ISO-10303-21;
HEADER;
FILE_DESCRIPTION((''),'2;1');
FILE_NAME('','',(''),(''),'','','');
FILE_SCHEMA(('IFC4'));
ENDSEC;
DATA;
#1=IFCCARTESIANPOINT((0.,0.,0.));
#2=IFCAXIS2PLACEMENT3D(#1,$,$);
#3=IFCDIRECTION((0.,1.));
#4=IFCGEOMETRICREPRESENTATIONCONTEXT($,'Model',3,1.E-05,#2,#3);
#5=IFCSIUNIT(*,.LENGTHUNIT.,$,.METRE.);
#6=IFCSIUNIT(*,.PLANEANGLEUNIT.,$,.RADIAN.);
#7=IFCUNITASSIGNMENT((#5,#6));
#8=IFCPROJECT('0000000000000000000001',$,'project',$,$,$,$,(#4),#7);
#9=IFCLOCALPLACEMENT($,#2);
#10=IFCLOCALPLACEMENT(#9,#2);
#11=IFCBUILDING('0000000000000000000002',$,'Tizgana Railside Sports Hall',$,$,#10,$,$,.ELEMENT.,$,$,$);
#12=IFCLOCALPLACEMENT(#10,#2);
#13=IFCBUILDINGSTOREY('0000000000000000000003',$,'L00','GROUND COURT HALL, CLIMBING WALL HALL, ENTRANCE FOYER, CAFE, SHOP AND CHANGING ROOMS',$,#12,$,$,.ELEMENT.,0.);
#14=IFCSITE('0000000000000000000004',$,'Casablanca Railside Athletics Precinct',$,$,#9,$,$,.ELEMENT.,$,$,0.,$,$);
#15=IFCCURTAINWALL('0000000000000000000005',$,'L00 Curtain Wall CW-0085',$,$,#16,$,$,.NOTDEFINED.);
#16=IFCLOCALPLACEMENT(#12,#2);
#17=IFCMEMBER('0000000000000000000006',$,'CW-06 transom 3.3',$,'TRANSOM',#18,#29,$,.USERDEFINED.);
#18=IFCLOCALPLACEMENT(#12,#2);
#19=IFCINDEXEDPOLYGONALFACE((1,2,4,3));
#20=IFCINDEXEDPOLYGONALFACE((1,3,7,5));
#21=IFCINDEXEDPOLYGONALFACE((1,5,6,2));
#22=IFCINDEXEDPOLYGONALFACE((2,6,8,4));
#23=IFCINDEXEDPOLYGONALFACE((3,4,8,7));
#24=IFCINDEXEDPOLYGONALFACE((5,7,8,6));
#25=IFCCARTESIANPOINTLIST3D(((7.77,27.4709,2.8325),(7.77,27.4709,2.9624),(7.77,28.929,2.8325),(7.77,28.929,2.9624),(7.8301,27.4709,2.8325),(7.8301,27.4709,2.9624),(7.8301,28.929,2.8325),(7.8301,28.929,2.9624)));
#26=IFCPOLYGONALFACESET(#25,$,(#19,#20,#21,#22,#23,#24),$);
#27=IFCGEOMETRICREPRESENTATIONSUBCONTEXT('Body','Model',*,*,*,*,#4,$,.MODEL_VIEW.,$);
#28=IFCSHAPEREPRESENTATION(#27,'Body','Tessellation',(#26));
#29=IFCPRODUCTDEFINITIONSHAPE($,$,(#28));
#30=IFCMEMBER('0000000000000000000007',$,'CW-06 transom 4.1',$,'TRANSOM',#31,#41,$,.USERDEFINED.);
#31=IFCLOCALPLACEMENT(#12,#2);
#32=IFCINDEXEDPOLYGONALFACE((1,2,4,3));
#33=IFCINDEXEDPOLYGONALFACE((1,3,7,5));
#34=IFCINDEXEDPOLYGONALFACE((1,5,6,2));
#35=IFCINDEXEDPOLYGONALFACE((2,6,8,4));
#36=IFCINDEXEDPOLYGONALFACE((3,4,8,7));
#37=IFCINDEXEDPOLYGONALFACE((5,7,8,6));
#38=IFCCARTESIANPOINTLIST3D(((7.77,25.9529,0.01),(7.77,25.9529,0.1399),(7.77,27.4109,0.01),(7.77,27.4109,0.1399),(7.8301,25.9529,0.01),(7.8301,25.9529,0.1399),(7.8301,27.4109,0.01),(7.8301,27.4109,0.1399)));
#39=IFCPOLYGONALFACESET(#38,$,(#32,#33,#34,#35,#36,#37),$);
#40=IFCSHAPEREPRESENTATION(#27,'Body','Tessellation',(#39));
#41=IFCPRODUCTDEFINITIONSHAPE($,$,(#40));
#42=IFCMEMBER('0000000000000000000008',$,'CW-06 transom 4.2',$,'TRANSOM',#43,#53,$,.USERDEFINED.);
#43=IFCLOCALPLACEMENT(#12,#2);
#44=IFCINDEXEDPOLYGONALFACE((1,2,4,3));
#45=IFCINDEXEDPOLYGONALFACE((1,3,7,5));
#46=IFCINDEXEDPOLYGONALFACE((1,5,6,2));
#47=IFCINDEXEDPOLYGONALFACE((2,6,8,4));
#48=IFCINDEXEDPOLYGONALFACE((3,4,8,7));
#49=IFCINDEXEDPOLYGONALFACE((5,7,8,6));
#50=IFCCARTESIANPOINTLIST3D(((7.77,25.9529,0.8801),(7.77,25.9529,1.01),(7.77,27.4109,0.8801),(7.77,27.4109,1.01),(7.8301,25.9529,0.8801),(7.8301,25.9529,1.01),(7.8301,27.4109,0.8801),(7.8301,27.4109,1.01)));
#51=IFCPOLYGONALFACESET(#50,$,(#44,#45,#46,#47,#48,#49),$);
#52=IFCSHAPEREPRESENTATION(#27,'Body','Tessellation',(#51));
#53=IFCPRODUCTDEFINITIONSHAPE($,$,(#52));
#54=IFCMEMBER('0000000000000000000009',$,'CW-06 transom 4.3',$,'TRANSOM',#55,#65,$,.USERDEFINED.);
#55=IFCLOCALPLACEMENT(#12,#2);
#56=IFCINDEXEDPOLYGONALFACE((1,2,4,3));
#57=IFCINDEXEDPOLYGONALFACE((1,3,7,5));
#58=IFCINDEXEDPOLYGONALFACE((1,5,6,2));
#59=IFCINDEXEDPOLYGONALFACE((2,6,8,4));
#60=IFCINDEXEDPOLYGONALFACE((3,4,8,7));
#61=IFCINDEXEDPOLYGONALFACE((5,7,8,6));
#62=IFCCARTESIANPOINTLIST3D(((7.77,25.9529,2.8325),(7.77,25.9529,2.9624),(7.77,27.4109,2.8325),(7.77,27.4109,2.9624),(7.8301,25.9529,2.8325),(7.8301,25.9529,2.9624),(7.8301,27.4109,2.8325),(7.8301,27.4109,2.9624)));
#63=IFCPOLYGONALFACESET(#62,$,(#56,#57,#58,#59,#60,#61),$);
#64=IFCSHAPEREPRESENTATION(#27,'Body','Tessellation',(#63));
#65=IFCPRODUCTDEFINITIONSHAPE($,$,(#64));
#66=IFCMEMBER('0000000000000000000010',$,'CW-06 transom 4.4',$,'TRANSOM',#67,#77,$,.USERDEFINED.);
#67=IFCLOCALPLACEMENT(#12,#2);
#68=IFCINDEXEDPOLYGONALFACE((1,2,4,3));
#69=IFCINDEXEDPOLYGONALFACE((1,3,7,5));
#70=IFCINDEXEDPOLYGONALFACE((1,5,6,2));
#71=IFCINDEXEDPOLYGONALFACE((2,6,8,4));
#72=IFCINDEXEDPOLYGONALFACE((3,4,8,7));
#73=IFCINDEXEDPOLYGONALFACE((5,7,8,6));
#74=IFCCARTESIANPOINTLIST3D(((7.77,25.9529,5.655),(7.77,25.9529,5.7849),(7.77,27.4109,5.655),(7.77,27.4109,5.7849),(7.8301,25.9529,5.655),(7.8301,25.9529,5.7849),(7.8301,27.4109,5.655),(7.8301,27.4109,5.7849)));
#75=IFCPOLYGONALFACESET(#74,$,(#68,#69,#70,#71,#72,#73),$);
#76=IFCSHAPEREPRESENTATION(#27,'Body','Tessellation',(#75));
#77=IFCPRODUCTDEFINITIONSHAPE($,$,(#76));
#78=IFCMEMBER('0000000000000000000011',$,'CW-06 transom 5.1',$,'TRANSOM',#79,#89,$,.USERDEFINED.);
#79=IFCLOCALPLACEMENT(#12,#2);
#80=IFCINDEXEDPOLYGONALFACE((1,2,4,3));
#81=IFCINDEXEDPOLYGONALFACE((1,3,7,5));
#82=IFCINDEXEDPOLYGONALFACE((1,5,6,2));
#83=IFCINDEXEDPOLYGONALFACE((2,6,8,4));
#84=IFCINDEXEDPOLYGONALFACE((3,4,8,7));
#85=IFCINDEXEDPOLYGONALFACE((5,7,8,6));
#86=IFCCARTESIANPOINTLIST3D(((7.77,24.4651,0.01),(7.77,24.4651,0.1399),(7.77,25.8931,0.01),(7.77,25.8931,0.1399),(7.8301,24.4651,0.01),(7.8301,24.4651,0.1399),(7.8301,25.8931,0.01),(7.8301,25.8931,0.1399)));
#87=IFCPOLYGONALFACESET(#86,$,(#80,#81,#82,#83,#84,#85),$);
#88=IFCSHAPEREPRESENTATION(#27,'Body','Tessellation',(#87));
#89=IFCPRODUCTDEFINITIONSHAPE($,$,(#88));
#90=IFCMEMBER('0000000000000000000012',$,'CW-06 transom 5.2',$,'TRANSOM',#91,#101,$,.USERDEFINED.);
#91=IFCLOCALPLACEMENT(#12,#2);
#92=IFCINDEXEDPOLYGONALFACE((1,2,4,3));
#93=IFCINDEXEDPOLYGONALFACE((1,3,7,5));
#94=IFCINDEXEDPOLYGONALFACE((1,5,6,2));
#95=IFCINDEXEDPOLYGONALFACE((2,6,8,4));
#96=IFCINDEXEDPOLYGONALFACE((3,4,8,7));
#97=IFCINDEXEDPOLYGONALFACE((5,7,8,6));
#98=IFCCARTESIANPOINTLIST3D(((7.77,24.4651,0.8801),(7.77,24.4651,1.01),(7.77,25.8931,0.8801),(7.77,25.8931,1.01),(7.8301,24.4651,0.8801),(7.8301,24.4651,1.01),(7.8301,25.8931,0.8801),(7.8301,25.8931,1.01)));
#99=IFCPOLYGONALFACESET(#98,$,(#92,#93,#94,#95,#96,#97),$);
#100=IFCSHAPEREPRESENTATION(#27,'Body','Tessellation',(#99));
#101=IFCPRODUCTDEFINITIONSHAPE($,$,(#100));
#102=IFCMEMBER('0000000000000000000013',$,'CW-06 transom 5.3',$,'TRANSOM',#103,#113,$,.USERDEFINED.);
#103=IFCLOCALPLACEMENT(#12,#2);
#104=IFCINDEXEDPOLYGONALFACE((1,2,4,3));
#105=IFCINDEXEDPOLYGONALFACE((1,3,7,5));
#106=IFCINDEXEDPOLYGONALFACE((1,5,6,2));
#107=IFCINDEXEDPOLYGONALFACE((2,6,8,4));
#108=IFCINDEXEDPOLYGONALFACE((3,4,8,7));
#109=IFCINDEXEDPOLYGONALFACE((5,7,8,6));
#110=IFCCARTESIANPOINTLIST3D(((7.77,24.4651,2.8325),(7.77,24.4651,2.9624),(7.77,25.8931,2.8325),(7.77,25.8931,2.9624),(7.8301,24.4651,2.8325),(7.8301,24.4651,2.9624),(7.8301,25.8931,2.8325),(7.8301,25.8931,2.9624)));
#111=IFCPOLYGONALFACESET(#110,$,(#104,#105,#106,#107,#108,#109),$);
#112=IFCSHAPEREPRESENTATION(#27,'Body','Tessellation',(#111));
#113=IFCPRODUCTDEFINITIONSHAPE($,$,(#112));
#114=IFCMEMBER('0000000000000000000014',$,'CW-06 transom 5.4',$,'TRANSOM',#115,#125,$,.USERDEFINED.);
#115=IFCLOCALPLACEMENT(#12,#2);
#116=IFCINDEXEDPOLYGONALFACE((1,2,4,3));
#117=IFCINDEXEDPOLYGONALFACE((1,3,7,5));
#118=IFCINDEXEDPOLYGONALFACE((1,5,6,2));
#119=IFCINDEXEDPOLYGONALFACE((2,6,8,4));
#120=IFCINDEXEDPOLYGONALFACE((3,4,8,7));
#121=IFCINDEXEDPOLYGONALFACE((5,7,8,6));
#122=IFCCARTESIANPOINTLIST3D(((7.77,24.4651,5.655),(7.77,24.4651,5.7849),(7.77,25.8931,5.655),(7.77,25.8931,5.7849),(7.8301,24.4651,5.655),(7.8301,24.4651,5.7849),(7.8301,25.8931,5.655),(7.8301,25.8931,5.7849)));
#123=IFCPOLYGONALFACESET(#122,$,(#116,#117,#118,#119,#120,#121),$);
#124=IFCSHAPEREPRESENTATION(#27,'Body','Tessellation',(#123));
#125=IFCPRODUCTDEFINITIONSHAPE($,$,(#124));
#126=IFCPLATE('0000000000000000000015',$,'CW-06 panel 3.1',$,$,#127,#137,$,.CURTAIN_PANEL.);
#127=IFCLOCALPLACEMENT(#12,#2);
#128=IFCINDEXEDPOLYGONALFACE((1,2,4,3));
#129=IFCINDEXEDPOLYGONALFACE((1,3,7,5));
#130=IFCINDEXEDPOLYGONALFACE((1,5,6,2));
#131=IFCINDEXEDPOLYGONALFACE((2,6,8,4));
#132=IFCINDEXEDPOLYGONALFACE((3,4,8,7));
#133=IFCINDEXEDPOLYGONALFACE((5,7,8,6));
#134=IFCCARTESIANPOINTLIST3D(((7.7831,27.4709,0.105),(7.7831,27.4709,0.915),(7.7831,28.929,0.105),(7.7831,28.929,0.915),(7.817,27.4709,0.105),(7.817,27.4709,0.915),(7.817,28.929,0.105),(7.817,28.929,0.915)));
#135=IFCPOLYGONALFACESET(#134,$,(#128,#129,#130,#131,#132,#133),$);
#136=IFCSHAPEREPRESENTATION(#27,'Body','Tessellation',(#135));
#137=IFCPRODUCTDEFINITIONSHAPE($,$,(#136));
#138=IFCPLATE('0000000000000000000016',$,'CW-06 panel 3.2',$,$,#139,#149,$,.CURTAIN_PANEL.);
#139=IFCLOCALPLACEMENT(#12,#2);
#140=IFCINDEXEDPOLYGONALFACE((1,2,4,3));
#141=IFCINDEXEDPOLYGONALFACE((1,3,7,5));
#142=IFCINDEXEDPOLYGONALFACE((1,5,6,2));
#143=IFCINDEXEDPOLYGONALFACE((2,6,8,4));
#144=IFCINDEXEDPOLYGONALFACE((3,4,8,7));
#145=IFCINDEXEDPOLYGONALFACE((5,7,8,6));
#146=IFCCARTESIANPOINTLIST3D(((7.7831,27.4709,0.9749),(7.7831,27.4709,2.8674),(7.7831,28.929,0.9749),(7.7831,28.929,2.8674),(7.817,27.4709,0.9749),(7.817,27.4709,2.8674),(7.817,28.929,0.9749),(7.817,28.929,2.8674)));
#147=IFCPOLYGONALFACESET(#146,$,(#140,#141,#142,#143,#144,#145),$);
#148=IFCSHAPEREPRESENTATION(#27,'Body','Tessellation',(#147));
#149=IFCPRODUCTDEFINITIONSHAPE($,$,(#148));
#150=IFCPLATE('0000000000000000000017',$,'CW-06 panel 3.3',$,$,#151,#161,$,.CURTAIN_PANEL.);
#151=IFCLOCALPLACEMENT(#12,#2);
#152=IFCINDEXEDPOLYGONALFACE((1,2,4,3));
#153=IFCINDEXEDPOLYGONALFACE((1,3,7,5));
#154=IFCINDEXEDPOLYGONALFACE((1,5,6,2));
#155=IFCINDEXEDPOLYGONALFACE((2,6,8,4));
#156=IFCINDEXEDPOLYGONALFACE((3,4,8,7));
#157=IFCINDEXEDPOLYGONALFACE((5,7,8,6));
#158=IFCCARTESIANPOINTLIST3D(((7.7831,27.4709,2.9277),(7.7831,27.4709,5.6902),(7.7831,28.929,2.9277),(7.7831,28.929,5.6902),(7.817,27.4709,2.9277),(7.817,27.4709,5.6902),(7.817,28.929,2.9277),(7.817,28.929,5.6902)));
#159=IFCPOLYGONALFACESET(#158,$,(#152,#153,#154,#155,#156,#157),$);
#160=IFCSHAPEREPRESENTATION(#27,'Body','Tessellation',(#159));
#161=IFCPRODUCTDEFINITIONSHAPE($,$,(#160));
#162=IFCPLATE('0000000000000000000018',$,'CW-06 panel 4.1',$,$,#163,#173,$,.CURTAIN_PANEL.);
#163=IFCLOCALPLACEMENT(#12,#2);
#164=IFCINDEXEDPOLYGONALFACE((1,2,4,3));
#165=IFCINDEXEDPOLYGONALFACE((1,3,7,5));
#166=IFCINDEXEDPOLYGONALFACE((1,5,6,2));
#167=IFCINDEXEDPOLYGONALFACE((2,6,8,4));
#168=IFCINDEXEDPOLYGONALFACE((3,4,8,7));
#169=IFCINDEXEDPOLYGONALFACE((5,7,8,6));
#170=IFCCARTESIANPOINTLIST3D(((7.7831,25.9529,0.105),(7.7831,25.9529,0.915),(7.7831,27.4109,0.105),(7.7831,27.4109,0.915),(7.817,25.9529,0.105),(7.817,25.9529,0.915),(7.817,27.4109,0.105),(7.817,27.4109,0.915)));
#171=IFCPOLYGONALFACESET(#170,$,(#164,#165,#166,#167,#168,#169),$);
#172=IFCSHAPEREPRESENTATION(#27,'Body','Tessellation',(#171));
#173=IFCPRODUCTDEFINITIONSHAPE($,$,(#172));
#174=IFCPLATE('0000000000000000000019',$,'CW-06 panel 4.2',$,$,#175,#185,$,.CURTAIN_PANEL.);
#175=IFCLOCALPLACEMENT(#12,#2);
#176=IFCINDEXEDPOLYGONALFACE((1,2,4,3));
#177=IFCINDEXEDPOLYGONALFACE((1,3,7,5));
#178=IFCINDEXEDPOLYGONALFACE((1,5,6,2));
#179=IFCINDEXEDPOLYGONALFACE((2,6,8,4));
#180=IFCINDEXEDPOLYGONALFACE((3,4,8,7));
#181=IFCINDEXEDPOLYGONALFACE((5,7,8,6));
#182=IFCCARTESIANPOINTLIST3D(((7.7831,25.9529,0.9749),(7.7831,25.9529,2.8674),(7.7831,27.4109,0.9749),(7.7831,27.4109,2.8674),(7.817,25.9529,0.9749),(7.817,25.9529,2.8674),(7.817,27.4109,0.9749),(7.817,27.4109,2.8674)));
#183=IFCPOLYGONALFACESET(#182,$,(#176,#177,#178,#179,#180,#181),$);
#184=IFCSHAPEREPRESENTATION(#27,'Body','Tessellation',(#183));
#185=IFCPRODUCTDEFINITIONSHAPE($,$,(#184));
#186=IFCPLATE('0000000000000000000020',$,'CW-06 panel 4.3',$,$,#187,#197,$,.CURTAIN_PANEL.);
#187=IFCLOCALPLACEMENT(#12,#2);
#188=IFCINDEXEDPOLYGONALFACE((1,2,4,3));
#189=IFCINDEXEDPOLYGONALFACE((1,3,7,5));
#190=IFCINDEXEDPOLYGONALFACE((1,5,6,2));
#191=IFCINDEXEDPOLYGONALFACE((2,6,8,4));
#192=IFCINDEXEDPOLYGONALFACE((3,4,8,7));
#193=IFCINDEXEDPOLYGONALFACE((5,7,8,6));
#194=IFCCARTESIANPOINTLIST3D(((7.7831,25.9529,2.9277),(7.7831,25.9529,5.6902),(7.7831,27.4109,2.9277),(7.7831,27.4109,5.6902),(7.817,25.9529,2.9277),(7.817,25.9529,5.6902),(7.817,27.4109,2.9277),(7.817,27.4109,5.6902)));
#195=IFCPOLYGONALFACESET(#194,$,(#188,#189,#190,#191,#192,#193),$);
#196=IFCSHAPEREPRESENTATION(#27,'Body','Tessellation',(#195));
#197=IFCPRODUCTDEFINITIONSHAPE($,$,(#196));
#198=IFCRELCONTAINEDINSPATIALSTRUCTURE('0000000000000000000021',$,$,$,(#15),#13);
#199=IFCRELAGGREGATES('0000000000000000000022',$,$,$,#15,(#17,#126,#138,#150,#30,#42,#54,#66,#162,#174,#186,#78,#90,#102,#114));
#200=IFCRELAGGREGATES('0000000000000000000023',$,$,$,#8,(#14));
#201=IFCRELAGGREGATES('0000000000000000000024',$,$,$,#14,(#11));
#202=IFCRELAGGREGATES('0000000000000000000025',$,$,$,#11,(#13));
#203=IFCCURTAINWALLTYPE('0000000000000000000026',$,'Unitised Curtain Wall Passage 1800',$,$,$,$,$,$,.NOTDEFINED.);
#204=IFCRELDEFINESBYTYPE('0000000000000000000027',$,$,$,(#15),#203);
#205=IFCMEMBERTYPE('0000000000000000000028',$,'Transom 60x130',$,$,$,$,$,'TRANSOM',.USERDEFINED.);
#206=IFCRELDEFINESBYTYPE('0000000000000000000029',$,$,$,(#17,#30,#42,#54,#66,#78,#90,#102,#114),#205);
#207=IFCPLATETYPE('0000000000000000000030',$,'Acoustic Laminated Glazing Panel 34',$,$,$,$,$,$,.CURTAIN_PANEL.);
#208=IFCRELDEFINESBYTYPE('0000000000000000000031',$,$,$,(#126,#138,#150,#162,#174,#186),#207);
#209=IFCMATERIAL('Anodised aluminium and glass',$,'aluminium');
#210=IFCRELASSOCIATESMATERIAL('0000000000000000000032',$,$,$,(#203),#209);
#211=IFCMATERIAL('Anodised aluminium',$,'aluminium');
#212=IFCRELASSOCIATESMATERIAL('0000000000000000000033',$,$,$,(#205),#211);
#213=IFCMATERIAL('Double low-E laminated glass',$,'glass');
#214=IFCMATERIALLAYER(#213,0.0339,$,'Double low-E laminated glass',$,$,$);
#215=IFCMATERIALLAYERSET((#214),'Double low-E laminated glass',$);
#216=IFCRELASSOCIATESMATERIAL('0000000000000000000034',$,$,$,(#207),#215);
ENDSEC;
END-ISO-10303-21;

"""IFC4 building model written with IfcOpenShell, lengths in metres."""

from ifc_helpers import new_model, si_unit, direction, frame, origin, origin_2d, place, context, subcontext, project, spatial, rectangle, extrude, material, layer, layer_set, material_profile, profile_set, type_object, element, aggregate, save


model = new_model("IFC4")

# Units and contexts
model_context = context("Model", 3, precision=1e-05, world=origin(), true_north=direction((0.0, 1.0)))
body_context = subcontext(model_context, "Body", "Model", "MODEL_VIEW")
ifc_project = project(units=[si_unit("LENGTHUNIT", "METRE"), si_unit("PLANEANGLEUNIT", "RADIAN")], contexts=[model_context])

# Site, building, storey
site_placement = place(None, origin())
site = spatial("IfcSite", under=ifc_project, at=site_placement, Name="Casablanca Railside Athletics Precinct", CompositionType="ELEMENT", RefElevation=0.0)
building_placement = place(site_placement, origin())
building = spatial("IfcBuilding", under=site, at=building_placement, Name="Tizgana Railside Sports Hall", CompositionType="ELEMENT")
storey_placement = place(building_placement, origin())
storey = spatial("IfcBuildingStorey", under=building, at=storey_placement, Name="L00", Description="GROUND COURT HALL, CLIMBING WALL HALL, ENTRANCE FOYER, CAFE, SHOP AND CHANGING ROOMS", CompositionType="ELEMENT", Elevation=0.0)

# Shared definitions
ifc_material_1 = material(Name="Anodised aluminium and glass", Category="aluminium")
ifc_material_2 = material(Name="Anodised aluminium", Category="aluminium")

# Curtain wall
curtain_wall_type_1 = type_object("IfcCurtainWallType", Name="Unitised Curtain Wall Passage 1800", PredefinedType="NOTDEFINED", material=ifc_material_1)
curtain_wall_1_placement = place(storey_placement, origin())
curtain_wall_1 = element("IfcCurtainWall", 1, at=curtain_wall_1_placement, inside=storey, type_object=curtain_wall_type_1, Name="L00 Curtain Wall CW-0085", PredefinedType="NOTDEFINED")

# Members
ifc_material_profile_1 = material_profile(ifc_material_2, rectangle(XDim=0.0601, YDim=0.1299, at=origin_2d()), Name="Transom 60x130")
ifc_profile_set_1 = profile_set([ifc_material_profile_1], Name="Anodised aluminium")
member_type_1 = type_object("IfcMemberType", Name="Transom 60x130", ElementType="TRANSOM", PredefinedType="USERDEFINED", material=ifc_profile_set_1)
member_1_placement = place(storey_placement, frame((7.8, 28.929, 2.8975), z_axis=(0.0, -1.0, 0.0), x_axis=(1.0, 0.0, 0.0)))
member_1 = element("IfcMember", 2, at=member_1_placement, type_object=member_type_1, Name="CW-06 transom 3.3", ObjectType="TRANSOM", PredefinedType="USERDEFINED", context=body_context, shape_type="SweptSolid", body=[
    extrude(rectangle(XDim=0.0601, YDim=0.1299, at=origin_2d()), origin(), (0.0, 0.0, 1.0), 1.458),
])
member_2_placement = place(storey_placement, frame((7.8, 27.4109, 0.075), z_axis=(0.0, -1.0, 0.0), x_axis=(1.0, 0.0, 0.0)))
member_2 = element("IfcMember", 3, at=member_2_placement, type_object=member_type_1, Name="CW-06 transom 4.1", ObjectType="TRANSOM", PredefinedType="USERDEFINED", context=body_context, shape_type="SweptSolid", body=[
    extrude(rectangle(XDim=0.0601, YDim=0.1299, at=origin_2d()), origin(), (0.0, 0.0, 1.0), 1.458),
])
member_3_placement = place(storey_placement, frame((7.8, 27.4109, 0.9451), z_axis=(0.0, -1.0, 0.0), x_axis=(1.0, 0.0, 0.0)))
member_3 = element("IfcMember", 4, at=member_3_placement, type_object=member_type_1, Name="CW-06 transom 4.2", ObjectType="TRANSOM", PredefinedType="USERDEFINED", context=body_context, shape_type="SweptSolid", body=[
    extrude(rectangle(XDim=0.0601, YDim=0.1299, at=origin_2d()), origin(), (0.0, 0.0, 1.0), 1.458),
])
member_4_placement = place(storey_placement, frame((7.8, 27.4109, 2.8975), z_axis=(0.0, -1.0, 0.0), x_axis=(1.0, 0.0, 0.0)))
member_4 = element("IfcMember", 5, at=member_4_placement, type_object=member_type_1, Name="CW-06 transom 4.3", ObjectType="TRANSOM", PredefinedType="USERDEFINED", context=body_context, shape_type="SweptSolid", body=[
    extrude(rectangle(XDim=0.0601, YDim=0.1299, at=origin_2d()), origin(), (0.0, 0.0, 1.0), 1.458),
])
member_5_placement = place(storey_placement, frame((7.8, 27.4109, 5.72), z_axis=(0.0, -1.0, 0.0), x_axis=(1.0, 0.0, 0.0)))
member_5 = element("IfcMember", 6, at=member_5_placement, type_object=member_type_1, Name="CW-06 transom 4.4", ObjectType="TRANSOM", PredefinedType="USERDEFINED", context=body_context, shape_type="SweptSolid", body=[
    extrude(rectangle(XDim=0.0601, YDim=0.1299, at=origin_2d()), origin(), (0.0, 0.0, 1.0), 1.458),
])
member_6_placement = place(storey_placement, frame((7.8, 25.8931, 0.075), z_axis=(0.0, -1.0, 0.0), x_axis=(1.0, 0.0, 0.0)))
member_6 = element("IfcMember", 7, at=member_6_placement, type_object=member_type_1, Name="CW-06 transom 5.1", ObjectType="TRANSOM", PredefinedType="USERDEFINED", context=body_context, shape_type="SweptSolid", body=[
    extrude(rectangle(XDim=0.0601, YDim=0.1299, at=origin_2d()), origin(), (0.0, 0.0, 1.0), 1.428),
])
member_7_placement = place(storey_placement, frame((7.8, 25.8931, 0.9451), z_axis=(0.0, -1.0, 0.0), x_axis=(1.0, 0.0, 0.0)))
member_7 = element("IfcMember", 8, at=member_7_placement, type_object=member_type_1, Name="CW-06 transom 5.2", ObjectType="TRANSOM", PredefinedType="USERDEFINED", context=body_context, shape_type="SweptSolid", body=[
    extrude(rectangle(XDim=0.0601, YDim=0.1299, at=origin_2d()), origin(), (0.0, 0.0, 1.0), 1.428),
])
member_8_placement = place(storey_placement, frame((7.8, 25.8931, 2.8975), z_axis=(0.0, -1.0, 0.0), x_axis=(1.0, 0.0, 0.0)))
member_8 = element("IfcMember", 9, at=member_8_placement, type_object=member_type_1, Name="CW-06 transom 5.3", ObjectType="TRANSOM", PredefinedType="USERDEFINED", context=body_context, shape_type="SweptSolid", body=[
    extrude(rectangle(XDim=0.0601, YDim=0.1299, at=origin_2d()), origin(), (0.0, 0.0, 1.0), 1.428),
])
member_9_placement = place(storey_placement, frame((7.8, 25.8931, 5.72), z_axis=(0.0, -1.0, 0.0), x_axis=(1.0, 0.0, 0.0)))
member_9 = element("IfcMember", 10, at=member_9_placement, type_object=member_type_1, Name="CW-06 transom 5.4", ObjectType="TRANSOM", PredefinedType="USERDEFINED", context=body_context, shape_type="SweptSolid", body=[
    extrude(rectangle(XDim=0.0601, YDim=0.1299, at=origin_2d()), origin(), (0.0, 0.0, 1.0), 1.428),
])

# Plates
ifc_material_3 = material(Name="Double low-E laminated glass", Category="glass")
ifc_layer = layer(ifc_material_3, 0.0339, Name="Double low-E laminated glass")
ifc_layer_set = layer_set([ifc_layer], Name="Double low-E laminated glass")
plate_type = type_object("IfcPlateType", Name="Acoustic Laminated Glazing Panel 34", PredefinedType="CURTAIN_PANEL", material=ifc_layer_set)
plate_1_placement = place(storey_placement, frame((7.8, 28.2, 0.105), z_axis=(0.0, 0.0, 1.0), x_axis=(0.0, -1.0, 0.0)))
plate_1 = element("IfcPlate", 11, at=plate_1_placement, type_object=plate_type, Name="CW-06 panel 3.1", PredefinedType="CURTAIN_PANEL", context=body_context, shape_type="SweptSolid", body=[
    extrude(rectangle(XDim=1.458, YDim=0.0339, at=origin_2d()), origin(), (0.0, 0.0, 1.0), 0.8101),
])
plate_2_placement = place(storey_placement, frame((7.8, 28.2, 0.9749), z_axis=(0.0, 0.0, 1.0), x_axis=(0.0, -1.0, 0.0)))
plate_2 = element("IfcPlate", 12, at=plate_2_placement, type_object=plate_type, Name="CW-06 panel 3.2", PredefinedType="CURTAIN_PANEL", context=body_context, shape_type="SweptSolid", body=[
    extrude(rectangle(XDim=1.458, YDim=0.0339, at=origin_2d()), origin(), (0.0, 0.0, 1.0), 1.8926),
])
plate_3_placement = place(storey_placement, frame((7.8, 28.2, 2.9277), z_axis=(0.0, 0.0, 1.0), x_axis=(0.0, -1.0, 0.0)))
plate_3 = element("IfcPlate", 13, at=plate_3_placement, type_object=plate_type, Name="CW-06 panel 3.3", PredefinedType="CURTAIN_PANEL", context=body_context, shape_type="SweptSolid", body=[
    extrude(rectangle(XDim=1.458, YDim=0.0339, at=origin_2d()), origin(), (0.0, 0.0, 1.0), 2.7625),
])
plate_4_placement = place(storey_placement, frame((7.8, 26.6819, 0.105), z_axis=(0.0, 0.0, 1.0), x_axis=(0.0, -1.0, 0.0)))
plate_4 = element("IfcPlate", 14, at=plate_4_placement, type_object=plate_type, Name="CW-06 panel 4.1", PredefinedType="CURTAIN_PANEL", context=body_context, shape_type="SweptSolid", body=[
    extrude(rectangle(XDim=1.458, YDim=0.0339, at=origin_2d()), origin(), (0.0, 0.0, 1.0), 0.8101),
])
plate_5_placement = place(storey_placement, frame((7.8, 26.6819, 0.9749), z_axis=(0.0, 0.0, 1.0), x_axis=(0.0, -1.0, 0.0)))
plate_5 = element("IfcPlate", 15, at=plate_5_placement, type_object=plate_type, Name="CW-06 panel 4.2", PredefinedType="CURTAIN_PANEL", context=body_context, shape_type="SweptSolid", body=[
    extrude(rectangle(XDim=1.458, YDim=0.0339, at=origin_2d()), origin(), (0.0, 0.0, 1.0), 1.8926),
])
plate_6_placement = place(storey_placement, frame((7.8, 26.6819, 2.9277), z_axis=(0.0, 0.0, 1.0), x_axis=(0.0, -1.0, 0.0)))
plate_6 = element("IfcPlate", 16, at=plate_6_placement, type_object=plate_type, Name="CW-06 panel 4.3", PredefinedType="CURTAIN_PANEL", context=body_context, shape_type="SweptSolid", body=[
    extrude(rectangle(XDim=1.458, YDim=0.0339, at=origin_2d()), origin(), (0.0, 0.0, 1.0), 2.7625),
])
aggregate(curtain_wall_1, [member_1, plate_1, plate_2, plate_3, member_2, member_3, member_4, member_5, plate_4, plate_5, plate_6, member_6, member_7, member_8, member_9])

save(model, "model.ifc")
